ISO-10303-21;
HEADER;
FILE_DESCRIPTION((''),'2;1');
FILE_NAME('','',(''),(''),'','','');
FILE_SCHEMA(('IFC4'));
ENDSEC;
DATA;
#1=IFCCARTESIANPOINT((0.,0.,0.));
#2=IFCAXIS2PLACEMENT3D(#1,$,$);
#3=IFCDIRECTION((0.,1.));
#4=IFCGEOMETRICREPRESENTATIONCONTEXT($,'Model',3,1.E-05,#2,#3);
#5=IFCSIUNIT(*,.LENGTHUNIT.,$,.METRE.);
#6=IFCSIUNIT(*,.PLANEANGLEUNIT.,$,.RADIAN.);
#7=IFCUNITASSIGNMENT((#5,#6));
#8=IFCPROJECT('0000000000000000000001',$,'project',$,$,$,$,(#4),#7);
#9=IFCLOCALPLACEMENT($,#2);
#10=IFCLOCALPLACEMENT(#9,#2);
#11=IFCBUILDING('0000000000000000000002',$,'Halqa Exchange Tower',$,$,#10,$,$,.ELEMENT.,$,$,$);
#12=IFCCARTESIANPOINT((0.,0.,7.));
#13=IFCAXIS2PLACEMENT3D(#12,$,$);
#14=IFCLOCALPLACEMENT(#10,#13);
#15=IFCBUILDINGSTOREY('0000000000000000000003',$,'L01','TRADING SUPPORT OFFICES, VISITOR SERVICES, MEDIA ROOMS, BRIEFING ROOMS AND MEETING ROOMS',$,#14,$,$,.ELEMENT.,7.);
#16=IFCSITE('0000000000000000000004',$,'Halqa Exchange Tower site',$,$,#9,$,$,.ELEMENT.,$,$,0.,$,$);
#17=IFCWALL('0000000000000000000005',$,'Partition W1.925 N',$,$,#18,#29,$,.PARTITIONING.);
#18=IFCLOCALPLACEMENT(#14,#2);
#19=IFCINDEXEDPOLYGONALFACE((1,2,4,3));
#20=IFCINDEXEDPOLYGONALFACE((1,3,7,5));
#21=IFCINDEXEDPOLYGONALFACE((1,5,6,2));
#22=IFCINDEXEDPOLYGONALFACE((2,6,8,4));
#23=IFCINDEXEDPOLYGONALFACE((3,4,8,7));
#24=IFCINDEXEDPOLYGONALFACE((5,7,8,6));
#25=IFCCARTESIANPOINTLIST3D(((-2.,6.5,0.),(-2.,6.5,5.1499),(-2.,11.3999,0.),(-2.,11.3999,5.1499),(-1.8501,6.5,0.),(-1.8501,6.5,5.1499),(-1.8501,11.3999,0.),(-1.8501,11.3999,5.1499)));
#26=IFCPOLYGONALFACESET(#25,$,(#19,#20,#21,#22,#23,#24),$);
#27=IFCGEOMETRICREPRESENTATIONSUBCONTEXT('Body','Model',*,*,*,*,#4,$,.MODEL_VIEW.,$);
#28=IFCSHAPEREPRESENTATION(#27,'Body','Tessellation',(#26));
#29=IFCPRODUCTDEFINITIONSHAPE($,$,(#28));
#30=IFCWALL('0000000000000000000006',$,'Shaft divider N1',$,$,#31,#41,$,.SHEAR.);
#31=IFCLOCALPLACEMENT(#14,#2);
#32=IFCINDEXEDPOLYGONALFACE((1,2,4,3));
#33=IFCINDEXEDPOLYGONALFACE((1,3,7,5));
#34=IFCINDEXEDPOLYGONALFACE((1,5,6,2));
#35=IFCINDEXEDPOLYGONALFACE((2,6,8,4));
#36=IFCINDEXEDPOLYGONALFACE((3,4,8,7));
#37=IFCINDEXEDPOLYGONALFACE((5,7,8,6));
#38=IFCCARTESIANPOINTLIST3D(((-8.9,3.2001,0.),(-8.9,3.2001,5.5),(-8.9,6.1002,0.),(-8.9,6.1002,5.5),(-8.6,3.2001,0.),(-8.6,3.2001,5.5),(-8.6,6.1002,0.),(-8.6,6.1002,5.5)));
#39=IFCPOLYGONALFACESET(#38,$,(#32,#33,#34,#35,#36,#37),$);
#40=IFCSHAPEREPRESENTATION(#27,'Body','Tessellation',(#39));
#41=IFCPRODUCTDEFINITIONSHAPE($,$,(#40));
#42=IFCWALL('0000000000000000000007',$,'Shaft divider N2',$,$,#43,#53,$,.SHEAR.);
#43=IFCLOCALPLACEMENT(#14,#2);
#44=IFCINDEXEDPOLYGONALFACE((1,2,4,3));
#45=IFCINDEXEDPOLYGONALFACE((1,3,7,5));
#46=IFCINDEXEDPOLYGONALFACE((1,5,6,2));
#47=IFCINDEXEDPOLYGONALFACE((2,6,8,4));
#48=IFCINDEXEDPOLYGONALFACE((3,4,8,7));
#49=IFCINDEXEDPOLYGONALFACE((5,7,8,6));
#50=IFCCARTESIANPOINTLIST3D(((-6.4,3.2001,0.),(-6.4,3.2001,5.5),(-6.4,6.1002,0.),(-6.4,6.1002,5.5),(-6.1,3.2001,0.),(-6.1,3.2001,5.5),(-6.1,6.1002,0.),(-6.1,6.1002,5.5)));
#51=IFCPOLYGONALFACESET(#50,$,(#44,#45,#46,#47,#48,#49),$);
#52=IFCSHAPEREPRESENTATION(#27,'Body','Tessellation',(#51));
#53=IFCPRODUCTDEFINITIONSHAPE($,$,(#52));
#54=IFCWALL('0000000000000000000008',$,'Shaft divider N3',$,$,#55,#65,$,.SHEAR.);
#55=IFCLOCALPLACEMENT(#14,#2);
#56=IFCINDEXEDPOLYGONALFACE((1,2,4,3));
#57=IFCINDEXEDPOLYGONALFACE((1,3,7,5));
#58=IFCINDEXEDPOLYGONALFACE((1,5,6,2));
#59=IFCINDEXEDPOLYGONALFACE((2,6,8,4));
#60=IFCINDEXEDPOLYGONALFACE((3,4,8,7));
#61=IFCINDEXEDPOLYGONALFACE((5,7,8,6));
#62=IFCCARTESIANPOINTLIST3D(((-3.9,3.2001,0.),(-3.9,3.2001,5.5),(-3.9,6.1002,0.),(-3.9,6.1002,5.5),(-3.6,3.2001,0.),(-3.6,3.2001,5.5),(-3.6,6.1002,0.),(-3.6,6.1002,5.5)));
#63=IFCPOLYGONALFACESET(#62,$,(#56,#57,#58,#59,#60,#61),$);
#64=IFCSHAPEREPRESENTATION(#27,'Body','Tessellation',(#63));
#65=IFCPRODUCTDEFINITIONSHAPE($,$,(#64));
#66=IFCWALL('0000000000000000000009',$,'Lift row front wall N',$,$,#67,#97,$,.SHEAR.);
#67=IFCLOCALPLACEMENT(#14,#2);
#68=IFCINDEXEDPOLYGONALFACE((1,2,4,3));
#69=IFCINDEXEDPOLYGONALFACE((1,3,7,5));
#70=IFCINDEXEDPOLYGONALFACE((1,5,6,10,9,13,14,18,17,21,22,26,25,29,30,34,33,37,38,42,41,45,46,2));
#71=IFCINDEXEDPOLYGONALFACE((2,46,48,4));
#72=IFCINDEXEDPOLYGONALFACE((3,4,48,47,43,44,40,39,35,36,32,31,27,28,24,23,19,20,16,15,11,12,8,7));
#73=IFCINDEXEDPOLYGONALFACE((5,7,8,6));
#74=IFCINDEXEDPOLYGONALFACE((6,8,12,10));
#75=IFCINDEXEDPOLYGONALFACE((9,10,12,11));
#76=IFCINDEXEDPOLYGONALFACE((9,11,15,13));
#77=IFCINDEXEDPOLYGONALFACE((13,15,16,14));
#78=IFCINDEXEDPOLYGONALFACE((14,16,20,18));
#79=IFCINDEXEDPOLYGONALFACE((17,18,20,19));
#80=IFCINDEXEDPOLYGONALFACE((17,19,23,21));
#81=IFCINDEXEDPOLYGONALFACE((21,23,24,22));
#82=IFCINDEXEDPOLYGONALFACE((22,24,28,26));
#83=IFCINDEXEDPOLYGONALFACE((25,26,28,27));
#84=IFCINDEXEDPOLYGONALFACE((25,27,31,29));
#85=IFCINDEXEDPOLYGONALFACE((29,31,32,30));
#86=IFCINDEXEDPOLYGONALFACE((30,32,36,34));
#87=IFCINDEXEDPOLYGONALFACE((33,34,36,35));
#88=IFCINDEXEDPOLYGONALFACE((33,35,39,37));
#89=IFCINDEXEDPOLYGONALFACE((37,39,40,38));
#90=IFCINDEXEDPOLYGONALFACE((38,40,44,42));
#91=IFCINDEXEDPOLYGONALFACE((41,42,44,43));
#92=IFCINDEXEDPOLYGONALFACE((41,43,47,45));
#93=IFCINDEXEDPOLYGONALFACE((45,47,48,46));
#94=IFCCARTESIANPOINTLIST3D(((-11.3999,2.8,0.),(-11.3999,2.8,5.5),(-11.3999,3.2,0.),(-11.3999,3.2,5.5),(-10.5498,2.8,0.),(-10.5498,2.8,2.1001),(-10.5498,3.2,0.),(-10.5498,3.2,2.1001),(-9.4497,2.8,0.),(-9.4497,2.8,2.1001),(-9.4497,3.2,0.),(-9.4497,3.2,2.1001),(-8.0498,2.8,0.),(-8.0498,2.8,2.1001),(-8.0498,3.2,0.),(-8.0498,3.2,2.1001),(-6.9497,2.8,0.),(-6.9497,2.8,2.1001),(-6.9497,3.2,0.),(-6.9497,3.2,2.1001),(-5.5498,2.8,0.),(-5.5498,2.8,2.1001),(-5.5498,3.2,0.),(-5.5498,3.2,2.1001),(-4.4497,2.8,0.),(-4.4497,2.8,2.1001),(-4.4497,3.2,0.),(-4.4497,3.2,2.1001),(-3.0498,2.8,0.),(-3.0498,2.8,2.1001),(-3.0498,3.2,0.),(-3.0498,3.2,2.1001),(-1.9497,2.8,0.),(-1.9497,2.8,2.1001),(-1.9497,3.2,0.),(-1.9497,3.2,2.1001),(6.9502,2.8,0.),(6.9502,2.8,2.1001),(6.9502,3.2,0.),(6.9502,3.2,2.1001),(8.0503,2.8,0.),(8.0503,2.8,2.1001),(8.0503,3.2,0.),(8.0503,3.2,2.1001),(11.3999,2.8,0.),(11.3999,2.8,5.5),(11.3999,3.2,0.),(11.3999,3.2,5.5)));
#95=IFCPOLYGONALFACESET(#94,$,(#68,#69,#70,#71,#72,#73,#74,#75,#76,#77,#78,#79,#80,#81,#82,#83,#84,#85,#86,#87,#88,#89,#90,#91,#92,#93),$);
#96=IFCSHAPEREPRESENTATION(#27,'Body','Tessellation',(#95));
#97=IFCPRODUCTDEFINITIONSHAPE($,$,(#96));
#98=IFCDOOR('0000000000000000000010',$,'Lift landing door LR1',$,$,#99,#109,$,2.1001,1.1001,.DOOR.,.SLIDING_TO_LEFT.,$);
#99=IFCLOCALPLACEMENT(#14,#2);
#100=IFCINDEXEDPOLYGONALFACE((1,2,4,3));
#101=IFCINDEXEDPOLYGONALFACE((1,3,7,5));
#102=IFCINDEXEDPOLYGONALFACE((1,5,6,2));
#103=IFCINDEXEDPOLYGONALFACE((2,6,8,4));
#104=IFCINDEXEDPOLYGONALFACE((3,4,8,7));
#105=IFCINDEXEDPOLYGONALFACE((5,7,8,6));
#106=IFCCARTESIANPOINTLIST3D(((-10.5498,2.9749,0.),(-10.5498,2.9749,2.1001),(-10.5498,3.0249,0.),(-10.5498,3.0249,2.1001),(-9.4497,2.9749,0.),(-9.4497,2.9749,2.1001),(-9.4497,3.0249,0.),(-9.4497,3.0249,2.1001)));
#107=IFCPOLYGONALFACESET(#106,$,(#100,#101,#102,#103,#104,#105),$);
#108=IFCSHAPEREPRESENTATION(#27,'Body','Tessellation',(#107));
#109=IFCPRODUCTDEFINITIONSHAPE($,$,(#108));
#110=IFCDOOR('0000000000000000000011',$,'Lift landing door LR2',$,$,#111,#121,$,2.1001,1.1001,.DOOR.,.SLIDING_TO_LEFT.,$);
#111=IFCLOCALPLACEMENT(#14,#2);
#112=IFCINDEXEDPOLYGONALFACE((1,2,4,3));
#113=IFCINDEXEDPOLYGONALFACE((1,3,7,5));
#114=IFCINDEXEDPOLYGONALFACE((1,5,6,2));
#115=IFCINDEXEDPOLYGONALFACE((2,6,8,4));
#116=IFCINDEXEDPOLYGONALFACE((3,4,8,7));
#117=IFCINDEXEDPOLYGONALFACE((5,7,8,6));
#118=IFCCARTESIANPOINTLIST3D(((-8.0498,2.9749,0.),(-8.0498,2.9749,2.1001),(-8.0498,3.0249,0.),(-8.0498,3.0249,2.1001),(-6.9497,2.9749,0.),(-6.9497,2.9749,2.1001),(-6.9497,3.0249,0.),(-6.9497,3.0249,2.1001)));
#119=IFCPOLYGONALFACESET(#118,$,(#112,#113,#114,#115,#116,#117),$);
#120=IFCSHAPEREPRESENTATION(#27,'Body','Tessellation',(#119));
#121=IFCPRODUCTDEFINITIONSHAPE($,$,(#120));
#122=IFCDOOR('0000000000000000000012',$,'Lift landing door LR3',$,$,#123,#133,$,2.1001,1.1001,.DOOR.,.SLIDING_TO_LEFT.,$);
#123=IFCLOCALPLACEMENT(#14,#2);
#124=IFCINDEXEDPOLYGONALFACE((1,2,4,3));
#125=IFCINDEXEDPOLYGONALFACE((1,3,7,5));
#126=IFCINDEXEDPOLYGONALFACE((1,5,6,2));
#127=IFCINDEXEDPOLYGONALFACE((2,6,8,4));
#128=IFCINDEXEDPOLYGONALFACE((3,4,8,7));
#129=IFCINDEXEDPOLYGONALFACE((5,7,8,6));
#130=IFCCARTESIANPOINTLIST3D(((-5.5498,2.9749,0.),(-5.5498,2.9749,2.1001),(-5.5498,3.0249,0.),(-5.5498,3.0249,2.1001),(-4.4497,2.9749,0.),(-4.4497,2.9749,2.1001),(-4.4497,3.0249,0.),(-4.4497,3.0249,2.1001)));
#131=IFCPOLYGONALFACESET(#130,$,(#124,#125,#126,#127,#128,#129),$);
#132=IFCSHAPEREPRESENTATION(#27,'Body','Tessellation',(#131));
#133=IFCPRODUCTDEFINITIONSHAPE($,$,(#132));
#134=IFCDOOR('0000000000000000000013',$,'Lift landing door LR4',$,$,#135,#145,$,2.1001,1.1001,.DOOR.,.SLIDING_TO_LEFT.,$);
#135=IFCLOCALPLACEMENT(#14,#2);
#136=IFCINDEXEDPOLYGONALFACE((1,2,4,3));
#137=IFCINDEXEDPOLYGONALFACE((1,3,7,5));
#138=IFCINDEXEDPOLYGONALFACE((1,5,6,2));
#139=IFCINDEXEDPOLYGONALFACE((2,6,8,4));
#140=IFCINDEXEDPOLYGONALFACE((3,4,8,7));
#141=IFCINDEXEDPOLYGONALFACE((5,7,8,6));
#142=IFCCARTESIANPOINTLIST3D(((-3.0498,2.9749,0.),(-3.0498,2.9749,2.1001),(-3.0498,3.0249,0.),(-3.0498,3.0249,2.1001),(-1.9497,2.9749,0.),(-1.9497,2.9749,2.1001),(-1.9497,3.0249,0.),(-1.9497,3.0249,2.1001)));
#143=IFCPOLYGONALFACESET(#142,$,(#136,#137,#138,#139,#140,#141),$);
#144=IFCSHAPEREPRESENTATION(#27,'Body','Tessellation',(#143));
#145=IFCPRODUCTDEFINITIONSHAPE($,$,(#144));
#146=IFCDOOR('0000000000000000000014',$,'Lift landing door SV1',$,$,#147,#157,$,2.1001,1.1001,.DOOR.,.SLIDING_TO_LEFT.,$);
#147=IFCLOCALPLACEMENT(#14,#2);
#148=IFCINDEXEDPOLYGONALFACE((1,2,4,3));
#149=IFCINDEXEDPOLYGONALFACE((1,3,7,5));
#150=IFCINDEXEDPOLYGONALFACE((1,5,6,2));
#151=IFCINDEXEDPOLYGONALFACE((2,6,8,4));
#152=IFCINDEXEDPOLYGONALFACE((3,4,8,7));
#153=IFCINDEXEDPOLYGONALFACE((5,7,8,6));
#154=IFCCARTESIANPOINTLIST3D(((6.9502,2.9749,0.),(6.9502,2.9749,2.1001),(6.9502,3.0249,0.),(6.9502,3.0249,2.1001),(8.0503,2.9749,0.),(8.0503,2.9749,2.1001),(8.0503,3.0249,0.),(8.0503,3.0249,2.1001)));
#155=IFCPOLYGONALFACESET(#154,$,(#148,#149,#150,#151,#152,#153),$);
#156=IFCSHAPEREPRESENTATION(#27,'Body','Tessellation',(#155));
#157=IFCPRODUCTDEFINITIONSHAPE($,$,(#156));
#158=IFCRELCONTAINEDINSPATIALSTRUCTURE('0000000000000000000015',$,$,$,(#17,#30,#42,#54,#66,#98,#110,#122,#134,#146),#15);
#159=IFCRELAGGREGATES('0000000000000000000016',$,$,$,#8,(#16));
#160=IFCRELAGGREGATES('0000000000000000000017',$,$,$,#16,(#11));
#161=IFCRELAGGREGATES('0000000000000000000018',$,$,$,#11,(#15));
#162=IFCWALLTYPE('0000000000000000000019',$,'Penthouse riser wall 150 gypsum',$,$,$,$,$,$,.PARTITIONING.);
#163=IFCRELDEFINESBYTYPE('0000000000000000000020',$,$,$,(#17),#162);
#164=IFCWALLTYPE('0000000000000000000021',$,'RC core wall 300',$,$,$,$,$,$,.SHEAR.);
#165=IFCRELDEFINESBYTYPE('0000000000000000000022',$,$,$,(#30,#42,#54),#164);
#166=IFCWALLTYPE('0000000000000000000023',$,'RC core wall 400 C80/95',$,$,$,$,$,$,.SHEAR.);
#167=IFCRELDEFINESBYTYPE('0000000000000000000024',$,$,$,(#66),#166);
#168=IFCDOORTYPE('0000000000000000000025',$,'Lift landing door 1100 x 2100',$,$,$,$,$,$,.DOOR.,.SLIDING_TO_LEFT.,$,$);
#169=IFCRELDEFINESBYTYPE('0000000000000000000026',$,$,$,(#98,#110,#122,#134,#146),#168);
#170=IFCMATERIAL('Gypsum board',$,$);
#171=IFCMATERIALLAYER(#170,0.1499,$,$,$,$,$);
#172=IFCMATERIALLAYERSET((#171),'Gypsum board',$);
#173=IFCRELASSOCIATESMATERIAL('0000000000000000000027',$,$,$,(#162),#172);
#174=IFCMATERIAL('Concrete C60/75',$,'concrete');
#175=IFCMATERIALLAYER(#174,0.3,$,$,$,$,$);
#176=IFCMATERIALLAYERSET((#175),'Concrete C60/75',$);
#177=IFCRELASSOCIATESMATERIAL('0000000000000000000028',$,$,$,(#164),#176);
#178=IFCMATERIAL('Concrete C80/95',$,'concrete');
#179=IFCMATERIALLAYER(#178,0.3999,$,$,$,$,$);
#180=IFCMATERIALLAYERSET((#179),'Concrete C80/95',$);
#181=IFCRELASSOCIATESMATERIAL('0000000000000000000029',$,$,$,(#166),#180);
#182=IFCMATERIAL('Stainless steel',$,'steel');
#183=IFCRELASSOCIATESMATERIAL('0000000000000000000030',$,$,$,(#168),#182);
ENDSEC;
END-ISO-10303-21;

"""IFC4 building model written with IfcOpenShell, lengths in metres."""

from ifc_helpers import new_model, si_unit, direction, frame, frame_2d, origin, place, context, subcontext, project, spatial, rectangle, extrude, material, layer, layer_set, type_object, element, fill, save


model = new_model("IFC4")

# Units and contexts
model_context = context("Model", 3, precision=1e-05, world=origin(), true_north=direction((0.0, 1.0)))
body_context = subcontext(model_context, "Body", "Model", "MODEL_VIEW")
ifc_project = project(units=[si_unit("LENGTHUNIT", "METRE"), si_unit("PLANEANGLEUNIT", "RADIAN")], contexts=[model_context])

# Site, building, storey
site_placement = place(None, origin())
site = spatial("IfcSite", under=ifc_project, at=site_placement, Name="Halqa Exchange Tower site", CompositionType="ELEMENT", RefElevation=0.0)
building_placement = place(site_placement, origin())
building = spatial("IfcBuilding", under=site, at=building_placement, Name="Halqa Exchange Tower", CompositionType="ELEMENT")
storey_placement = place(building_placement, frame((0.0, 0.0, 7.0)))
storey = spatial("IfcBuildingStorey", under=building, at=storey_placement, Name="L01", Description="TRADING SUPPORT OFFICES, VISITOR SERVICES, MEDIA ROOMS, BRIEFING ROOMS AND MEETING ROOMS", CompositionType="ELEMENT", Elevation=7.0)

# Walls
ifc_material_1 = material(Name="Gypsum board")
ifc_layer_1 = layer(ifc_material_1, 0.1499)
ifc_layer_set_1 = layer_set([ifc_layer_1], Name="Gypsum board")
wall_type_1 = type_object("IfcWallType", Name="Penthouse riser wall 150 gypsum", PredefinedType="PARTITIONING", material=ifc_layer_set_1)
wall_1_placement = place(storey_placement, frame((-1.925, 6.5, 0.0), z_axis=(0.0, 0.0, 1.0), x_axis=(0.0, 1.0, 0.0)))
element("IfcWall", 1, at=wall_1_placement, inside=storey, type_object=wall_type_1, Name="Partition W1.925 N", PredefinedType="PARTITIONING", context=body_context, shape_type="SweptSolid", body=[
    extrude(rectangle(XDim=4.8999, YDim=0.1499, at=frame_2d((2.45, 0.0))), origin(), (0.0, 0.0, 1.0), 5.1499),
])
ifc_material_2 = material(Name="Concrete C60/75", Category="concrete")
ifc_layer_2 = layer(ifc_material_2, 0.3)
ifc_layer_set_2 = layer_set([ifc_layer_2], Name="Concrete C60/75")
wall_type_2 = type_object("IfcWallType", Name="RC core wall 300", PredefinedType="SHEAR", material=ifc_layer_set_2)
for number, where, z_axis, x_axis, name in (
    (2, (-8.75, 3.2, 0.0), (0.0, 0.0, 1.0), (0.0, 1.0, 0.0), "Shaft divider N1"),
    (3, (-6.25, 3.2, 0.0), (0.0, 0.0, 1.0), (0.0, 1.0, 0.0), "Shaft divider N2"),
    (4, (-3.75, 3.2, 0.0), (0.0, 0.0, 1.0), (0.0, 1.0, 0.0), "Shaft divider N3"),
):
    element("IfcWall", number, at=place(storey_placement, frame(where, z_axis=z_axis, x_axis=x_axis)), inside=storey, type_object=wall_type_2, Name=name, PredefinedType="SHEAR", context=body_context, shape_type="SweptSolid", body=[
        extrude(rectangle(XDim=2.9001, YDim=0.3, at=frame_2d((1.4502, 0.0))), origin(), (0.0, 0.0, 1.0), 5.5),
    ])

# Wall, openings, doors
ifc_material_3 = material(Name="Concrete C80/95", Category="concrete")
ifc_layer_3 = layer(ifc_material_3, 0.3999)
ifc_layer_set_3 = layer_set([ifc_layer_3], Name="Concrete C80/95")
wall_type_3 = type_object("IfcWallType", Name="RC core wall 400 C80/95", PredefinedType="SHEAR", material=ifc_layer_set_3)
wall_2_placement = place(storey_placement, frame((-11.3999, 3.0, 0.0), z_axis=(0.0, 0.0, 1.0), x_axis=(1.0, 0.0, 0.0)))
wall_2 = element("IfcWall", 5, at=wall_2_placement, inside=storey, type_object=wall_type_3, Name="Lift row front wall N", PredefinedType="SHEAR", context=body_context, shape_type="SweptSolid", body=[
    extrude(rectangle(XDim=22.7998, YDim=0.3999, at=frame_2d((11.3999, 0.0))), origin(), (0.0, 0.0, 1.0), 5.5),
])
opening_1_placement = place(wall_2_placement, frame((0.8501, 0.0, 0.0)))
opening_1 = element("IfcOpeningElement", 6, at=opening_1_placement, cuts=wall_2, PredefinedType="OPENING", context=body_context, shape_type="SweptSolid", body=[
    extrude(rectangle(XDim=1.1001, YDim=2.1001, at=frame_2d((0.55, 1.05))), frame((0.0, 0.2119, 0.0), z_axis=(0.0, -1.0, 0.0), x_axis=(1.0, 0.0, 0.0)), (0.0, 0.0, 1.0), 0.4238),
])
opening_2_placement = place(wall_2_placement, frame((3.3501, 0.0, 0.0)))
opening_2 = element("IfcOpeningElement", 7, at=opening_2_placement, cuts=wall_2, PredefinedType="OPENING", context=body_context, shape_type="SweptSolid", body=[
    extrude(rectangle(XDim=1.1001, YDim=2.1001, at=frame_2d((0.55, 1.05))), frame((0.0, 0.2119, 0.0), z_axis=(0.0, -1.0, 0.0), x_axis=(1.0, 0.0, 0.0)), (0.0, 0.0, 1.0), 0.4238),
])
opening_3_placement = place(wall_2_placement, frame((5.8501, 0.0, 0.0)))
opening_3 = element("IfcOpeningElement", 8, at=opening_3_placement, cuts=wall_2, PredefinedType="OPENING", context=body_context, shape_type="SweptSolid", body=[
    extrude(rectangle(XDim=1.1001, YDim=2.1001, at=frame_2d((0.55, 1.05))), frame((0.0, 0.2119, 0.0), z_axis=(0.0, -1.0, 0.0), x_axis=(1.0, 0.0, 0.0)), (0.0, 0.0, 1.0), 0.4238),
])
opening_4_placement = place(wall_2_placement, frame((8.3501, 0.0, 0.0)))
opening_4 = element("IfcOpeningElement", 9, at=opening_4_placement, cuts=wall_2, PredefinedType="OPENING", context=body_context, shape_type="SweptSolid", body=[
    extrude(rectangle(XDim=1.1001, YDim=2.1001, at=frame_2d((0.55, 1.05))), frame((0.0, 0.2119, 0.0), z_axis=(0.0, -1.0, 0.0), x_axis=(1.0, 0.0, 0.0)), (0.0, 0.0, 1.0), 0.4238),
])
opening_5_placement = place(wall_2_placement, frame((18.3501, 0.0, 0.0)))
opening_5 = element("IfcOpeningElement", 10, at=opening_5_placement, cuts=wall_2, PredefinedType="OPENING", context=body_context, shape_type="SweptSolid", body=[
    extrude(rectangle(XDim=1.1001, YDim=2.1001, at=frame_2d((0.55, 1.05))), frame((0.0, 0.2119, 0.0), z_axis=(0.0, -1.0, 0.0), x_axis=(1.0, 0.0, 0.0)), (0.0, 0.0, 1.0), 0.4238),
])
ifc_material_4 = material(Name="Stainless steel", Category="steel")
door_type_1 = type_object("IfcDoorType", Name="Lift landing door 1100 x 2100", OperationType="SLIDING_TO_LEFT", PredefinedType="DOOR", material=ifc_material_4)
door_1_placement = place(opening_1_placement, origin())
door_1 = element("IfcDoor", 11, at=door_1_placement, inside=storey, type_object=door_type_1, Name="Lift landing door LR1", OperationType="SLIDING_TO_LEFT", OverallHeight=2.1001, OverallWidth=1.1001, PredefinedType="DOOR", context=body_context, shape_type="SweptSolid", body=[
    extrude(rectangle(XDim=1.1001, YDim=2.1001, at=frame_2d((0.55, 1.05))), frame((0.0, 0.0249, 0.0), z_axis=(0.0, -1.0, 0.0), x_axis=(1.0, 0.0, 0.0)), (0.0, 0.0, 1.0), 0.05),
])
fill(opening_1, door_1)
door_2_placement = place(opening_2_placement, origin())
door_2 = element("IfcDoor", 12, at=door_2_placement, inside=storey, type_object=door_type_1, Name="Lift landing door LR2", OperationType="SLIDING_TO_LEFT", OverallHeight=2.1001, OverallWidth=1.1001, PredefinedType="DOOR", context=body_context, shape_type="SweptSolid", body=[
    extrude(rectangle(XDim=1.1001, YDim=2.1001, at=frame_2d((0.55, 1.05))), frame((0.0, 0.0249, 0.0), z_axis=(0.0, -1.0, 0.0), x_axis=(1.0, 0.0, 0.0)), (0.0, 0.0, 1.0), 0.05),
])
fill(opening_2, door_2)
door_3_placement = place(opening_3_placement, origin())
door_3 = element("IfcDoor", 13, at=door_3_placement, inside=storey, type_object=door_type_1, Name="Lift landing door LR3", OperationType="SLIDING_TO_LEFT", OverallHeight=2.1001, OverallWidth=1.1001, PredefinedType="DOOR", context=body_context, shape_type="SweptSolid", body=[
    extrude(rectangle(XDim=1.1001, YDim=2.1001, at=frame_2d((0.55, 1.05))), frame((0.0, 0.0249, 0.0), z_axis=(0.0, -1.0, 0.0), x_axis=(1.0, 0.0, 0.0)), (0.0, 0.0, 1.0), 0.05),
])
fill(opening_3, door_3)
door_4_placement = place(opening_4_placement, origin())
door_4 = element("IfcDoor", 14, at=door_4_placement, inside=storey, type_object=door_type_1, Name="Lift landing door LR4", OperationType="SLIDING_TO_LEFT", OverallHeight=2.1001, OverallWidth=1.1001, PredefinedType="DOOR", context=body_context, shape_type="SweptSolid", body=[
    extrude(rectangle(XDim=1.1001, YDim=2.1001, at=frame_2d((0.55, 1.05))), frame((0.0, 0.0249, 0.0), z_axis=(0.0, -1.0, 0.0), x_axis=(1.0, 0.0, 0.0)), (0.0, 0.0, 1.0), 0.05),
])
fill(opening_4, door_4)
door_5_placement = place(opening_5_placement, origin())
door_5 = element("IfcDoor", 15, at=door_5_placement, inside=storey, type_object=door_type_1, Name="Lift landing door SV1", OperationType="SLIDING_TO_LEFT", OverallHeight=2.1001, OverallWidth=1.1001, PredefinedType="DOOR", context=body_context, shape_type="SweptSolid", body=[
    extrude(rectangle(XDim=1.1001, YDim=2.1001, at=frame_2d((0.55, 1.05))), frame((0.0, 0.0249, 0.0), z_axis=(0.0, -1.0, 0.0), x_axis=(1.0, 0.0, 0.0)), (0.0, 0.0, 1.0), 0.05),
])
fill(opening_5, door_5)

save(model, "model.ifc")
